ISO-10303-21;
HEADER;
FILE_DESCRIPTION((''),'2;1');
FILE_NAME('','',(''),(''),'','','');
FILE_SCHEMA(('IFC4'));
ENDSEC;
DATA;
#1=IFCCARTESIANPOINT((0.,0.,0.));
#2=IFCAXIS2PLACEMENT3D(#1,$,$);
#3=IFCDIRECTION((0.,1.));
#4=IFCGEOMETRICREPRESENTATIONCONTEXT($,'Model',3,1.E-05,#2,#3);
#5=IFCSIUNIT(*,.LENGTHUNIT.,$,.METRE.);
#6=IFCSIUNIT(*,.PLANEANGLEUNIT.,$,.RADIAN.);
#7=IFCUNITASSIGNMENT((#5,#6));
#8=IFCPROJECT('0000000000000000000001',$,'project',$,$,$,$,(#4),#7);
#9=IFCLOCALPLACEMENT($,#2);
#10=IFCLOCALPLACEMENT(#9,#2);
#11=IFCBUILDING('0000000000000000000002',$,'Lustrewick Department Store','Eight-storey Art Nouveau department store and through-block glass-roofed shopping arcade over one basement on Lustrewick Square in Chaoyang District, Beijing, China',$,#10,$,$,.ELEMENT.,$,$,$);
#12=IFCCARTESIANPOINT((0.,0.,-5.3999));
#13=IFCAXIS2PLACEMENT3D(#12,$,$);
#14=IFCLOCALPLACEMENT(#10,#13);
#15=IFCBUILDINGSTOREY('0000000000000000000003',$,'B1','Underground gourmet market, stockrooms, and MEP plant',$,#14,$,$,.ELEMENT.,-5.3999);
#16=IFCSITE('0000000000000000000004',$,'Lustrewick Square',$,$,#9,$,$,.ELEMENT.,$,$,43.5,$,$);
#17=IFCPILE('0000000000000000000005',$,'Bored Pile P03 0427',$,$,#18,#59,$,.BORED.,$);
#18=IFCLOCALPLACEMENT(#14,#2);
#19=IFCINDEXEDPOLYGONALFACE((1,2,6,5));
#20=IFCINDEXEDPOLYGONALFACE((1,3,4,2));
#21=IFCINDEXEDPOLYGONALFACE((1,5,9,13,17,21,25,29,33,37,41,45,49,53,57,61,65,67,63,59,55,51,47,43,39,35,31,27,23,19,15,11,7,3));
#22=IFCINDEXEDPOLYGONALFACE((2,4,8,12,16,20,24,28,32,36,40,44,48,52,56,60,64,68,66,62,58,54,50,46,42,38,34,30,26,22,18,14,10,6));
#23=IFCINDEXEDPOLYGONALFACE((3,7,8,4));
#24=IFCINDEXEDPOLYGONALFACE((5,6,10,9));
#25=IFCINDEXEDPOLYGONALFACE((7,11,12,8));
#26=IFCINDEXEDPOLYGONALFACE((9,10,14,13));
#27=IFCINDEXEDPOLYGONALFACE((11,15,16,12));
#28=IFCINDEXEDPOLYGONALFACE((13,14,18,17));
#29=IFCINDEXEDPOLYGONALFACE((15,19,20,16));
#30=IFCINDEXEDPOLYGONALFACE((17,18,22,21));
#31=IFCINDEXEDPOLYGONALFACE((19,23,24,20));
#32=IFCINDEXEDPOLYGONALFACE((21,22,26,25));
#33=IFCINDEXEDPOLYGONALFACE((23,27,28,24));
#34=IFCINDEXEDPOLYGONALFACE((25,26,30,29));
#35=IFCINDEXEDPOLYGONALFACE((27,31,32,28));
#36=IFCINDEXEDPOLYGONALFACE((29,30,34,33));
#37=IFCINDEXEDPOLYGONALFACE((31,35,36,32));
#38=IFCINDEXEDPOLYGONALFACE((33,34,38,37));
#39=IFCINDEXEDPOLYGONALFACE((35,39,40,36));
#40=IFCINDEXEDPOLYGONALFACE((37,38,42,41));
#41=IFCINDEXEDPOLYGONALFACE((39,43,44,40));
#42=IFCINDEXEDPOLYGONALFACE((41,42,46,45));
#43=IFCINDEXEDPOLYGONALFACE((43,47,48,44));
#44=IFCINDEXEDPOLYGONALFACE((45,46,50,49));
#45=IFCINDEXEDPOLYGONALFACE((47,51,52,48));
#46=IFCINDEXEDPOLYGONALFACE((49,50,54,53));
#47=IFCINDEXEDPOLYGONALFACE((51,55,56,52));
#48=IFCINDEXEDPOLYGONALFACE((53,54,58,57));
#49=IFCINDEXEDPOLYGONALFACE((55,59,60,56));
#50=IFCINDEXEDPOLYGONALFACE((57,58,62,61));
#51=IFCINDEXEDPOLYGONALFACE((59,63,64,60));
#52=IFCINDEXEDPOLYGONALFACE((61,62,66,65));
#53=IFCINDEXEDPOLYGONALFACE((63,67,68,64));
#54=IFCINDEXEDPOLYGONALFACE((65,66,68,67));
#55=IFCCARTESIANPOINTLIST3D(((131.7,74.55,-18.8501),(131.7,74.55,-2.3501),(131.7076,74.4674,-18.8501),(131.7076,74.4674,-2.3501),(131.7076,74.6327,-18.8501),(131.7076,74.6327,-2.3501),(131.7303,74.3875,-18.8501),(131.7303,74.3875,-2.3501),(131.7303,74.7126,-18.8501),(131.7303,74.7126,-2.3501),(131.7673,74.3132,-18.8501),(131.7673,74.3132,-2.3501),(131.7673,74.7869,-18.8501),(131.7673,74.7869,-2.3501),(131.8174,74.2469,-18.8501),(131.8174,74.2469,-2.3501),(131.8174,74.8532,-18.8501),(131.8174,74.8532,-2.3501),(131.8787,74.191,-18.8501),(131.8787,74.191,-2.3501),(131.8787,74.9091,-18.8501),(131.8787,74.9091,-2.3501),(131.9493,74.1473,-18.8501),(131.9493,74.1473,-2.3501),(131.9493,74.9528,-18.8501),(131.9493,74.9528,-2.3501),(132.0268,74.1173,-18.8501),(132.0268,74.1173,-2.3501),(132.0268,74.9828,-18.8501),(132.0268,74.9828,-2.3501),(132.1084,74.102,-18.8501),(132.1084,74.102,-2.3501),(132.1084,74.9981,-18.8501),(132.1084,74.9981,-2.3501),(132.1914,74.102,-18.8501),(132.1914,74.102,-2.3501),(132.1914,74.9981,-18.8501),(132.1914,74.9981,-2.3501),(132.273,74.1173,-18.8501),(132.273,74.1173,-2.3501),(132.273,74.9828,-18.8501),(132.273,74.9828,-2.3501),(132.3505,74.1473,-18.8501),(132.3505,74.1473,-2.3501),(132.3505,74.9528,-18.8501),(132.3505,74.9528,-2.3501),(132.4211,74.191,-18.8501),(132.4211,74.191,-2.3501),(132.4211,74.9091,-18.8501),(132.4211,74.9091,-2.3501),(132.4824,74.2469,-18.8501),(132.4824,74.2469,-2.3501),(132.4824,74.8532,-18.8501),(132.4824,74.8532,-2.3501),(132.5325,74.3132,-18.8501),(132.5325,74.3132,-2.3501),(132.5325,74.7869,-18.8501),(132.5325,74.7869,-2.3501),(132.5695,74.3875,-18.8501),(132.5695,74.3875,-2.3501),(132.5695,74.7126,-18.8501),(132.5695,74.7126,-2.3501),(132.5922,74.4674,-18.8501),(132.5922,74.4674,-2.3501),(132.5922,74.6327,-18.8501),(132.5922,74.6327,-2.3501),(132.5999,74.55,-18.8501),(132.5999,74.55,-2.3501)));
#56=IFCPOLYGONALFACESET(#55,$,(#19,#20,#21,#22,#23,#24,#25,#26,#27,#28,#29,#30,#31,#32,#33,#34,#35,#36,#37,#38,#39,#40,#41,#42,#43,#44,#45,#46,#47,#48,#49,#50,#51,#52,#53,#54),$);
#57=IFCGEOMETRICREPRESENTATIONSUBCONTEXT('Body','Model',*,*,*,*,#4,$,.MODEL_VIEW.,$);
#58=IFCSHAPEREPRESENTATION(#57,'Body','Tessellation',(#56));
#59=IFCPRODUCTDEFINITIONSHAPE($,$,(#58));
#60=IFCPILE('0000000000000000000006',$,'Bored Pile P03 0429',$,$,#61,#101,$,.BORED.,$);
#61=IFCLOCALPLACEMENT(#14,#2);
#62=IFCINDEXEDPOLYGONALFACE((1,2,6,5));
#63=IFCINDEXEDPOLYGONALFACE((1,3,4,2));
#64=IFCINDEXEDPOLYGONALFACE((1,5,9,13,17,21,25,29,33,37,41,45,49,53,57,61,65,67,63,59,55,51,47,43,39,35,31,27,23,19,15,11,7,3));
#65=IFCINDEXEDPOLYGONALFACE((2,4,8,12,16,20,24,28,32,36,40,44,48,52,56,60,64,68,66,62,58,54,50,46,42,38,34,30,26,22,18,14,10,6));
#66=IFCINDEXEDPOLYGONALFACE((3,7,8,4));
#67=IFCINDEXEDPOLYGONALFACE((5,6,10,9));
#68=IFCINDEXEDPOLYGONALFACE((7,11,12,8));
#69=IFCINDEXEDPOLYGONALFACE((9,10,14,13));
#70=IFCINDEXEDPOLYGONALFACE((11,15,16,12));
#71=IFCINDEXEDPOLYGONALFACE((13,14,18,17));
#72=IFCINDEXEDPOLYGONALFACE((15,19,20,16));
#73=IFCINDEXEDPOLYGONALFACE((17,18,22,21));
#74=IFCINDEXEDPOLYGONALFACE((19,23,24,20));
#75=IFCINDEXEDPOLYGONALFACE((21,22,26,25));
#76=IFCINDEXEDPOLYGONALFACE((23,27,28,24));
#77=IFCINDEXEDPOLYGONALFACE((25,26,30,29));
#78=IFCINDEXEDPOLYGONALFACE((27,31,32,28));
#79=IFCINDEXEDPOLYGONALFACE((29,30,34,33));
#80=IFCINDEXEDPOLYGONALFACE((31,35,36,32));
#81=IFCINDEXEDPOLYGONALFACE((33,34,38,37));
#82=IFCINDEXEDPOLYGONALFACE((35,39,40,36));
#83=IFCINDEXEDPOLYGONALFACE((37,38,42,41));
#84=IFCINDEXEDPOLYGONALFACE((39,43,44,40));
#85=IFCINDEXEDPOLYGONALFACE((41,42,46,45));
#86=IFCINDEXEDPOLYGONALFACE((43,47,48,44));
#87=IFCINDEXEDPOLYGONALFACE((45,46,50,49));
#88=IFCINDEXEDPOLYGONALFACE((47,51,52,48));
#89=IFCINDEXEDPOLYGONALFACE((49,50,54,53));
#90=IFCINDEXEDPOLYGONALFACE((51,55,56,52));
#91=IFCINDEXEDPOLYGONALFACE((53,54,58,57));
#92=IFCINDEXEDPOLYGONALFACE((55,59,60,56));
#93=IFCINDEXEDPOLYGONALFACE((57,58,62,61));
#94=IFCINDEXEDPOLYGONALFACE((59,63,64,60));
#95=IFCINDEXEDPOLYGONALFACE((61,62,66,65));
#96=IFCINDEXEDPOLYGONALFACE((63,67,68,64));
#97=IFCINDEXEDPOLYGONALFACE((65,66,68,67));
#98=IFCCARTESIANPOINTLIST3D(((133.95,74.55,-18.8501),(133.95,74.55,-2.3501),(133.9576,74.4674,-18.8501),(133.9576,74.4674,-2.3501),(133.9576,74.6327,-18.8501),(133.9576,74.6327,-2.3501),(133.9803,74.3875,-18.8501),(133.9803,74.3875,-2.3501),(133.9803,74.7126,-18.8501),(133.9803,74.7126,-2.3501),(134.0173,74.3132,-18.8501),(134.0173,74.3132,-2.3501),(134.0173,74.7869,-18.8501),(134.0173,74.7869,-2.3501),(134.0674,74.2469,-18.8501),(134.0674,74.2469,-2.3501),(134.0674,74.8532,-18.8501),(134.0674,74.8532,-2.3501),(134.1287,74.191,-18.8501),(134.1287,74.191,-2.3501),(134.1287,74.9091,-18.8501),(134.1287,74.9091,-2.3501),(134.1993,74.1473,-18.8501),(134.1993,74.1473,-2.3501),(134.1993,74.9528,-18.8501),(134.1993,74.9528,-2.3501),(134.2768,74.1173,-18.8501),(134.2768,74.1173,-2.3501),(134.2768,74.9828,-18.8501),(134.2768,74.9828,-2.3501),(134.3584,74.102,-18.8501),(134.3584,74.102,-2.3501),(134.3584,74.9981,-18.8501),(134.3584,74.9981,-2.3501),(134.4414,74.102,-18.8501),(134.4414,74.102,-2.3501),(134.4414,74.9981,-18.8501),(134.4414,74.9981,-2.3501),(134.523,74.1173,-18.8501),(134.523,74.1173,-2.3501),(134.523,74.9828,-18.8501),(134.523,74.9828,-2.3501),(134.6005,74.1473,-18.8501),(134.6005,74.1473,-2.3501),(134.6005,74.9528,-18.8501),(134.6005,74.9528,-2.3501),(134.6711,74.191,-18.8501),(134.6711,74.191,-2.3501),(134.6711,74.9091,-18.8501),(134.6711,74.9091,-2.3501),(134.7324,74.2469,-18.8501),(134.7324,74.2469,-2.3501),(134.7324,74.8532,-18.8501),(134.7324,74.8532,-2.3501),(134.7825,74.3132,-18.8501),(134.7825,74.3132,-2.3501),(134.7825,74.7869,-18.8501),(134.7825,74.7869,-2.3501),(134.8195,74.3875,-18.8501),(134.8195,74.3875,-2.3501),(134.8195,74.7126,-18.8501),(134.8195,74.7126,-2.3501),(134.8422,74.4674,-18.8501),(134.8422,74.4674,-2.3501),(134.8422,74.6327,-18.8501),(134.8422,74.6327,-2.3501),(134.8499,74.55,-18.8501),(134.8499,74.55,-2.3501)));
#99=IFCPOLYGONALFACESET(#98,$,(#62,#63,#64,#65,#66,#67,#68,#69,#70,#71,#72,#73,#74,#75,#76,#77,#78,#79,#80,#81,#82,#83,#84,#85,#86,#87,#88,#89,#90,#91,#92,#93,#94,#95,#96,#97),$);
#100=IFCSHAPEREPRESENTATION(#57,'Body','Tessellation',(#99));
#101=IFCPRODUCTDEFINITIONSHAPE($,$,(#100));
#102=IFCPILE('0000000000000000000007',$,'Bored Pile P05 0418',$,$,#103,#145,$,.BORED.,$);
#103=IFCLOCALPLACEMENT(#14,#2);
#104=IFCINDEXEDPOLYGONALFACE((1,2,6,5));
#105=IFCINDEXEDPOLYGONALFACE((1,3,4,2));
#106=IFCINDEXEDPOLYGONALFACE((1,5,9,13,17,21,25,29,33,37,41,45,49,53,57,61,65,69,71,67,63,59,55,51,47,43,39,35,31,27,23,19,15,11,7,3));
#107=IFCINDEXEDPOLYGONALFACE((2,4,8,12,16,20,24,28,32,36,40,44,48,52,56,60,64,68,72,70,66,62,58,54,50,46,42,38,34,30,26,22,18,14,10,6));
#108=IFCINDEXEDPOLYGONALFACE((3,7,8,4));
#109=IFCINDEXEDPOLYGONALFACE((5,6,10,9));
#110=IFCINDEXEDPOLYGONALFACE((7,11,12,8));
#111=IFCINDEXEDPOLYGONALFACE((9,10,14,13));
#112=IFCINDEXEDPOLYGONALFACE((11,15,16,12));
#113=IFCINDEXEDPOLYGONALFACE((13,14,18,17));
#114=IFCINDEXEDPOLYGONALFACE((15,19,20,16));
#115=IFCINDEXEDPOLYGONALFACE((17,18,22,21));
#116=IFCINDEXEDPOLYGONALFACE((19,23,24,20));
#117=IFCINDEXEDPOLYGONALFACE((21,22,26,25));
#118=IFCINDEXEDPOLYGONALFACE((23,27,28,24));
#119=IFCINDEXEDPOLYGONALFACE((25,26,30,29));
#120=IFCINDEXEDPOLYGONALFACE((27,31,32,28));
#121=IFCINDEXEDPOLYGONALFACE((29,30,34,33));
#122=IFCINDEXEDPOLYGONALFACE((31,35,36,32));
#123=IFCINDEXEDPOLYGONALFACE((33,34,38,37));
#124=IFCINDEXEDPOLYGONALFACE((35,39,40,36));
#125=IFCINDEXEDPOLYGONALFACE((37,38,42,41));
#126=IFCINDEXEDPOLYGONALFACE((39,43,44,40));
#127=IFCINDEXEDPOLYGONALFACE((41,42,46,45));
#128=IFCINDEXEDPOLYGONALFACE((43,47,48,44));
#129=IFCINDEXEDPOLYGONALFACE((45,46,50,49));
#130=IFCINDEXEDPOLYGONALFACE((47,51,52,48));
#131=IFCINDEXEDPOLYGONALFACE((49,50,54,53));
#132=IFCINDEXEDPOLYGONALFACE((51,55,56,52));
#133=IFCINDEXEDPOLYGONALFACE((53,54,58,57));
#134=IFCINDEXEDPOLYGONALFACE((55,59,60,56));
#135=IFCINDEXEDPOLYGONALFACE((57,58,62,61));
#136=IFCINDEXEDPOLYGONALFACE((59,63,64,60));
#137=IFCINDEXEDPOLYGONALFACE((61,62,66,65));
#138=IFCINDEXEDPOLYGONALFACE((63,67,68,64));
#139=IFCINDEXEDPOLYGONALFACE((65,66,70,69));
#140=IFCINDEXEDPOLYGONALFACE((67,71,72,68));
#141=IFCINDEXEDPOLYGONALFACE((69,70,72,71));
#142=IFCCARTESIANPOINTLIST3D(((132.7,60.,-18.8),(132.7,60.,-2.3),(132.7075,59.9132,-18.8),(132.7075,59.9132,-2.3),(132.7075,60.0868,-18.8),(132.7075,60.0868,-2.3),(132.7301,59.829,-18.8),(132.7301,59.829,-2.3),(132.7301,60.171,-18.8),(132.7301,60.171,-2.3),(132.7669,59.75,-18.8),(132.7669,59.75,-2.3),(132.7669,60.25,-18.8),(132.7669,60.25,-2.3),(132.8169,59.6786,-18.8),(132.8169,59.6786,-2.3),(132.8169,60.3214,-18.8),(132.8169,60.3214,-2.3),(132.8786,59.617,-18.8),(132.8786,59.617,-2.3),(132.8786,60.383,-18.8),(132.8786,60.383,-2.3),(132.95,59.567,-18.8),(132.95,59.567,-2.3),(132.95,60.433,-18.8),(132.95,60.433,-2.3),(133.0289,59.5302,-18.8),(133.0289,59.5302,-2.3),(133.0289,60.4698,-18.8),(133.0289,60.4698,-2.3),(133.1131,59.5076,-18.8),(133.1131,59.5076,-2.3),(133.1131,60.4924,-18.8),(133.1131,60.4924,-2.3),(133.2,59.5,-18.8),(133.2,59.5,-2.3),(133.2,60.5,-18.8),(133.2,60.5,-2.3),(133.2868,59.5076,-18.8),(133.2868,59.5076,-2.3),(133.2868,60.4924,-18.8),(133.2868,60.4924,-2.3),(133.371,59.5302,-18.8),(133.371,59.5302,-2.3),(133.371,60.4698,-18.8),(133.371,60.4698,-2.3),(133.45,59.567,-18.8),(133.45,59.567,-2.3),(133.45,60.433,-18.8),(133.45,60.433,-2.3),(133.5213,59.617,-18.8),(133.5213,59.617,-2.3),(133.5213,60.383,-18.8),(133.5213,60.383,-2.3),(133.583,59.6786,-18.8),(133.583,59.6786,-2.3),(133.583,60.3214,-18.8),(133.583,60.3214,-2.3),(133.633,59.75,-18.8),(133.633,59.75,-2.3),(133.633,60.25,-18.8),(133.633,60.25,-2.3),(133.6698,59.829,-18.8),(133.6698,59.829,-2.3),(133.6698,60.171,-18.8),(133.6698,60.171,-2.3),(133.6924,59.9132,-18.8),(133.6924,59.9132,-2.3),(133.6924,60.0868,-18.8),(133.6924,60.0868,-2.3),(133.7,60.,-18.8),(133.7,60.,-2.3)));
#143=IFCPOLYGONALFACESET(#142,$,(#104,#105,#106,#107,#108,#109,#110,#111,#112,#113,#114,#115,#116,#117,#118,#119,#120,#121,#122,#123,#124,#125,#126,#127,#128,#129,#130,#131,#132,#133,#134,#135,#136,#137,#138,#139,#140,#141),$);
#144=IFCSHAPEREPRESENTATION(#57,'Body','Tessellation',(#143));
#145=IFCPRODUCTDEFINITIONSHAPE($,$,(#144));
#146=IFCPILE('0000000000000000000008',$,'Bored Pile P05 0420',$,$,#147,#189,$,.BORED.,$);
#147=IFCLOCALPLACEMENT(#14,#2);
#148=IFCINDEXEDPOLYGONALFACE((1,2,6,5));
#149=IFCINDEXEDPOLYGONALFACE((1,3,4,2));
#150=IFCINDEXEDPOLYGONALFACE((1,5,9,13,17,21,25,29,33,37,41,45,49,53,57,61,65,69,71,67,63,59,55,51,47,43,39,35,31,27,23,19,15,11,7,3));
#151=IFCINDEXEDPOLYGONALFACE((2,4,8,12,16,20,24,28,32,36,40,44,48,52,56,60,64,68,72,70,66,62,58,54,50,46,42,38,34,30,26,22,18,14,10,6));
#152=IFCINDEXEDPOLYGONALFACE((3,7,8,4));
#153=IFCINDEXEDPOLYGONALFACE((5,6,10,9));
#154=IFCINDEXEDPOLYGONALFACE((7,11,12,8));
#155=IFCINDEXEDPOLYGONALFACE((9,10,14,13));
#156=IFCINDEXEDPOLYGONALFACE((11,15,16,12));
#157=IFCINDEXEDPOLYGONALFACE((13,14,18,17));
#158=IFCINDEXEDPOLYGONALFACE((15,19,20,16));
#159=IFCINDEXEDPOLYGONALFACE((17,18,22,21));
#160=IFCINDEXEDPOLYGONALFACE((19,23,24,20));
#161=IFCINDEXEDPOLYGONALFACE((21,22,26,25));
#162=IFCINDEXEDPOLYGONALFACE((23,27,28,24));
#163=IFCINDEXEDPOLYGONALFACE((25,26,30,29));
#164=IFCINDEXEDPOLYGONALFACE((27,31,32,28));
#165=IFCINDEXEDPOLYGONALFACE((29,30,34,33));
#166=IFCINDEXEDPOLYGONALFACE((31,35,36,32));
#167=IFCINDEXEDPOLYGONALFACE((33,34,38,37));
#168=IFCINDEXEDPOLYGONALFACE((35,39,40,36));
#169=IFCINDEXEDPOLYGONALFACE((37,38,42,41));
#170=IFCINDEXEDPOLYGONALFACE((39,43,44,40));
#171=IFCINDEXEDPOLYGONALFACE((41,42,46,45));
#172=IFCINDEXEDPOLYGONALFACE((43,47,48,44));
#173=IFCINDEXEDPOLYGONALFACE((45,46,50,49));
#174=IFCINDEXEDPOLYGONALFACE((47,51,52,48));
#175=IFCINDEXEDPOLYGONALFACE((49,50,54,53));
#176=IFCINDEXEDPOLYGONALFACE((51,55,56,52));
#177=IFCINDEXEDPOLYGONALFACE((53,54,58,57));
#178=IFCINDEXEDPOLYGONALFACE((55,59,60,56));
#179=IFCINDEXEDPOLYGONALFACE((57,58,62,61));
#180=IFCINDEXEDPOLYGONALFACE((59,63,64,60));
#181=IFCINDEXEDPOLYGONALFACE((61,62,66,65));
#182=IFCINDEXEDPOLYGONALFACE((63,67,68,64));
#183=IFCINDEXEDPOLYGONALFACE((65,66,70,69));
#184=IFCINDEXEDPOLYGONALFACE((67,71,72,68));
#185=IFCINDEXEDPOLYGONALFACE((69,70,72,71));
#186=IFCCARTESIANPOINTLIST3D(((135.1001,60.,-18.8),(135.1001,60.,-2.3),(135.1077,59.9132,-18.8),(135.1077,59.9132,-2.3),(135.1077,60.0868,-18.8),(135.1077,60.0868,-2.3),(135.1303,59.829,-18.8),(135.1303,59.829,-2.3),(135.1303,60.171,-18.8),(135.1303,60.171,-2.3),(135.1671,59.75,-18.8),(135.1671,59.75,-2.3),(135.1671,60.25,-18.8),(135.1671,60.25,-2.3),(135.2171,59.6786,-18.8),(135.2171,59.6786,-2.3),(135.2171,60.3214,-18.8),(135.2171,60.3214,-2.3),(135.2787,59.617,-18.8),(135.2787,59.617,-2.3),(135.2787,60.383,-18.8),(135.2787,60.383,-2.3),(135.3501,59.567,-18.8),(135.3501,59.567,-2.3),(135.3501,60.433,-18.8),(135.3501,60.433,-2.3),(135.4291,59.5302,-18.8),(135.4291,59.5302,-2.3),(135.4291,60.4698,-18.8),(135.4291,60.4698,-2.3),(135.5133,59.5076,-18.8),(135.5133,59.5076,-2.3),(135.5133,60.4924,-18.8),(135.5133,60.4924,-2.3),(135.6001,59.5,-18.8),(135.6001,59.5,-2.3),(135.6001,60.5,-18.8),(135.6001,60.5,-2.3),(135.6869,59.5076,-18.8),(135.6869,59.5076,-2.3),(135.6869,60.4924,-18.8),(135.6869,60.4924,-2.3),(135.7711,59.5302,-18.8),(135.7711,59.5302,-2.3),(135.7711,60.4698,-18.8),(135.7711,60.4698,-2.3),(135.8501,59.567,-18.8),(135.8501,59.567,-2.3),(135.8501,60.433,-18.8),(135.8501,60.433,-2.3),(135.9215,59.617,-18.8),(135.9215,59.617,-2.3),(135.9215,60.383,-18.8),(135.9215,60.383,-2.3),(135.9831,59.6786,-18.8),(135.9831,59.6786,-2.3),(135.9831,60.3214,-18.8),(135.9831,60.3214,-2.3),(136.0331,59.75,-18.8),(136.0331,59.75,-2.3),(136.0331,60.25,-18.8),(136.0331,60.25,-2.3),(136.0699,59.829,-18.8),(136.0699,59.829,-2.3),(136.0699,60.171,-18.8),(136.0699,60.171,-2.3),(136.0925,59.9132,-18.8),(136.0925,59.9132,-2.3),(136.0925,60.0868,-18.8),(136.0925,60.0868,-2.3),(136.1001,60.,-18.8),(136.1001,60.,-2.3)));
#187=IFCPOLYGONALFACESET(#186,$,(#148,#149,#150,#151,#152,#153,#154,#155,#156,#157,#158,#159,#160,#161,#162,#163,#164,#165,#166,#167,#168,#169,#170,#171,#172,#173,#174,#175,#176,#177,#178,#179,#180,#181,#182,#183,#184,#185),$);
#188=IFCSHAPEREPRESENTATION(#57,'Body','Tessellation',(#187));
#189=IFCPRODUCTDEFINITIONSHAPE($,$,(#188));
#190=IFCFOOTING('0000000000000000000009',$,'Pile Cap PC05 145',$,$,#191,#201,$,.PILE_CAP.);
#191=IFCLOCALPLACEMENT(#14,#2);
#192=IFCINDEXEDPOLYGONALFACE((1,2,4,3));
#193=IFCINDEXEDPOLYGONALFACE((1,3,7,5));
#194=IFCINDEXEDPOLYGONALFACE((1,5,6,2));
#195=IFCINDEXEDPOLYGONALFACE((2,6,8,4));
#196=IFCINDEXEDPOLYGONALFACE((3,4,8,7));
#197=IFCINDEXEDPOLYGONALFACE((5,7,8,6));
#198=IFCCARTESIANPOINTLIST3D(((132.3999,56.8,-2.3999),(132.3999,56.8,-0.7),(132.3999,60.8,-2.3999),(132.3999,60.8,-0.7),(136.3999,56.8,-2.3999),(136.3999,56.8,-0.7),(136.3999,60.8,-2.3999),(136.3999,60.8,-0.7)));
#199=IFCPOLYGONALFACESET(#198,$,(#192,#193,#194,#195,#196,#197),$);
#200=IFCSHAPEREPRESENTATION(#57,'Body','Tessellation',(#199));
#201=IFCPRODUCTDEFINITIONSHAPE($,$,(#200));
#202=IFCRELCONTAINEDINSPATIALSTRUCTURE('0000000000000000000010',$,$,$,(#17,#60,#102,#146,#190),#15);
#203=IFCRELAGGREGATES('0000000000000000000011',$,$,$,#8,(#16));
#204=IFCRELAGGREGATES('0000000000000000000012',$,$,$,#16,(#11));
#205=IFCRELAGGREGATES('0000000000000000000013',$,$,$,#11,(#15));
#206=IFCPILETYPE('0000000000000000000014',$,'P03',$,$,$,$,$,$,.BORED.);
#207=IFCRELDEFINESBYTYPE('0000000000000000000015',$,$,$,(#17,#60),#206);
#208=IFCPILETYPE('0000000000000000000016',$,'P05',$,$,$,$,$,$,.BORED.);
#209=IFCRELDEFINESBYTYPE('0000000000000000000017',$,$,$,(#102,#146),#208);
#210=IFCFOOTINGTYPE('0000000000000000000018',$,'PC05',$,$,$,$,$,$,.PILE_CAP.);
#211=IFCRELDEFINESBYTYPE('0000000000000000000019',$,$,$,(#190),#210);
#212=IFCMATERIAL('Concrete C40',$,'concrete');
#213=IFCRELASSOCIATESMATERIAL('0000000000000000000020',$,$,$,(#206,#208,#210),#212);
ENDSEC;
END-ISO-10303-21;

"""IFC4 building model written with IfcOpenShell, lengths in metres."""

from ifc_helpers import new_model, si_unit, direction, frame, origin, origin_2d, place, context, subcontext, project, spatial, rectangle, circle, extrude, material, material_profile, profile_set, type_object, element, save


model = new_model("IFC4")

# Units and contexts
model_context = context("Model", 3, precision=1e-05, world=origin(), true_north=direction((0.0, 1.0)))
body_context = subcontext(model_context, "Body", "Model", "MODEL_VIEW")
ifc_project = project(units=[si_unit("LENGTHUNIT", "METRE"), si_unit("PLANEANGLEUNIT", "RADIAN")], contexts=[model_context])

# Site, building, storey
site_placement = place(None, origin())
site = spatial("IfcSite", under=ifc_project, at=site_placement, Name="Lustrewick Square", CompositionType="ELEMENT", RefElevation=43.5)
building_placement = place(site_placement, origin())
building = spatial("IfcBuilding", under=site, at=building_placement, Name="Lustrewick Department Store", Description="Eight-storey Art Nouveau department store and through-block glass-roofed shopping arcade over one basement on Lustrewick Square in Chaoyang District, Beijing, China", CompositionType="ELEMENT")
storey_placement = place(building_placement, frame((0.0, 0.0, -5.3999)))
storey = spatial("IfcBuildingStorey", under=building, at=storey_placement, Name="B1", Description="Underground gourmet market, stockrooms, and MEP plant", CompositionType="ELEMENT", Elevation=-5.3999)

# Piles
ifc_material_1 = material(Name="Concrete C40", Category="concrete")
ifc_material_profile_1 = material_profile(ifc_material_1, circle(Radius=0.45, at=origin_2d()), Name="PILE D900")
ifc_profile_set_1 = profile_set([ifc_material_profile_1], Name="Concrete C40")
pile_type_1 = type_object("IfcPileType", Name="P03", PredefinedType="BORED", material=ifc_profile_set_1)
for number, where, z_axis, x_axis, name in (
    (1, (132.1499, 74.55, -2.3501), (0.0, 0.0, -1.0), (1.0, 0.0, 0.0), "Bored Pile P03 0427"),
    (2, (134.3999, 74.55, -2.3501), (0.0, 0.0, -1.0), (1.0, 0.0, 0.0), "Bored Pile P03 0429"),
):
    element("IfcPile", number, at=place(storey_placement, frame(where, z_axis=z_axis, x_axis=x_axis)), inside=storey, type_object=pile_type_1, Name=name, PredefinedType="BORED", context=body_context, shape_type="SweptSolid", body=[
        extrude(circle(Radius=0.45, at=origin_2d()), origin(), (0.0, 0.0, 1.0), 16.5),
    ])
ifc_material_profile_2 = material_profile(ifc_material_1, circle(Radius=0.5, at=origin_2d()), Name="PILE D1000")
ifc_profile_set_2 = profile_set([ifc_material_profile_2], Name="Concrete C40")
pile_type_2 = type_object("IfcPileType", Name="P05", PredefinedType="BORED", material=ifc_profile_set_2)
for number, where, z_axis, x_axis, name in (
    (3, (133.2, 60.0, -2.3), (0.0, 0.0, -1.0), (1.0, 0.0, 0.0), "Bored Pile P05 0418"),
    (4, (135.6001, 60.0, -2.3), (0.0, 0.0, -1.0), (1.0, 0.0, 0.0), "Bored Pile P05 0420"),
):
    element("IfcPile", number, at=place(storey_placement, frame(where, z_axis=z_axis, x_axis=x_axis)), inside=storey, type_object=pile_type_2, Name=name, PredefinedType="BORED", context=body_context, shape_type="SweptSolid", body=[
        extrude(circle(Radius=0.5, at=origin_2d()), origin(), (0.0, 0.0, 1.0), 16.5),
    ])

# Footing
footing_type_1 = type_object("IfcFootingType", Name="PC05", PredefinedType="PILE_CAP", material=ifc_material_1)
footing_1_placement = place(storey_placement, frame((134.3999, 58.8, -2.3999), z_axis=(0.0, 0.0, 1.0), x_axis=(1.0, 0.0, 0.0)))
element("IfcFooting", 5, at=footing_1_placement, inside=storey, type_object=footing_type_1, Name="Pile Cap PC05 145", PredefinedType="PILE_CAP", context=body_context, shape_type="SweptSolid", body=[
    extrude(rectangle(XDim=4.0, YDim=4.0, at=origin_2d()), origin(), (0.0, 0.0, 1.0), 1.7),
])

save(model, "model.ifc")
